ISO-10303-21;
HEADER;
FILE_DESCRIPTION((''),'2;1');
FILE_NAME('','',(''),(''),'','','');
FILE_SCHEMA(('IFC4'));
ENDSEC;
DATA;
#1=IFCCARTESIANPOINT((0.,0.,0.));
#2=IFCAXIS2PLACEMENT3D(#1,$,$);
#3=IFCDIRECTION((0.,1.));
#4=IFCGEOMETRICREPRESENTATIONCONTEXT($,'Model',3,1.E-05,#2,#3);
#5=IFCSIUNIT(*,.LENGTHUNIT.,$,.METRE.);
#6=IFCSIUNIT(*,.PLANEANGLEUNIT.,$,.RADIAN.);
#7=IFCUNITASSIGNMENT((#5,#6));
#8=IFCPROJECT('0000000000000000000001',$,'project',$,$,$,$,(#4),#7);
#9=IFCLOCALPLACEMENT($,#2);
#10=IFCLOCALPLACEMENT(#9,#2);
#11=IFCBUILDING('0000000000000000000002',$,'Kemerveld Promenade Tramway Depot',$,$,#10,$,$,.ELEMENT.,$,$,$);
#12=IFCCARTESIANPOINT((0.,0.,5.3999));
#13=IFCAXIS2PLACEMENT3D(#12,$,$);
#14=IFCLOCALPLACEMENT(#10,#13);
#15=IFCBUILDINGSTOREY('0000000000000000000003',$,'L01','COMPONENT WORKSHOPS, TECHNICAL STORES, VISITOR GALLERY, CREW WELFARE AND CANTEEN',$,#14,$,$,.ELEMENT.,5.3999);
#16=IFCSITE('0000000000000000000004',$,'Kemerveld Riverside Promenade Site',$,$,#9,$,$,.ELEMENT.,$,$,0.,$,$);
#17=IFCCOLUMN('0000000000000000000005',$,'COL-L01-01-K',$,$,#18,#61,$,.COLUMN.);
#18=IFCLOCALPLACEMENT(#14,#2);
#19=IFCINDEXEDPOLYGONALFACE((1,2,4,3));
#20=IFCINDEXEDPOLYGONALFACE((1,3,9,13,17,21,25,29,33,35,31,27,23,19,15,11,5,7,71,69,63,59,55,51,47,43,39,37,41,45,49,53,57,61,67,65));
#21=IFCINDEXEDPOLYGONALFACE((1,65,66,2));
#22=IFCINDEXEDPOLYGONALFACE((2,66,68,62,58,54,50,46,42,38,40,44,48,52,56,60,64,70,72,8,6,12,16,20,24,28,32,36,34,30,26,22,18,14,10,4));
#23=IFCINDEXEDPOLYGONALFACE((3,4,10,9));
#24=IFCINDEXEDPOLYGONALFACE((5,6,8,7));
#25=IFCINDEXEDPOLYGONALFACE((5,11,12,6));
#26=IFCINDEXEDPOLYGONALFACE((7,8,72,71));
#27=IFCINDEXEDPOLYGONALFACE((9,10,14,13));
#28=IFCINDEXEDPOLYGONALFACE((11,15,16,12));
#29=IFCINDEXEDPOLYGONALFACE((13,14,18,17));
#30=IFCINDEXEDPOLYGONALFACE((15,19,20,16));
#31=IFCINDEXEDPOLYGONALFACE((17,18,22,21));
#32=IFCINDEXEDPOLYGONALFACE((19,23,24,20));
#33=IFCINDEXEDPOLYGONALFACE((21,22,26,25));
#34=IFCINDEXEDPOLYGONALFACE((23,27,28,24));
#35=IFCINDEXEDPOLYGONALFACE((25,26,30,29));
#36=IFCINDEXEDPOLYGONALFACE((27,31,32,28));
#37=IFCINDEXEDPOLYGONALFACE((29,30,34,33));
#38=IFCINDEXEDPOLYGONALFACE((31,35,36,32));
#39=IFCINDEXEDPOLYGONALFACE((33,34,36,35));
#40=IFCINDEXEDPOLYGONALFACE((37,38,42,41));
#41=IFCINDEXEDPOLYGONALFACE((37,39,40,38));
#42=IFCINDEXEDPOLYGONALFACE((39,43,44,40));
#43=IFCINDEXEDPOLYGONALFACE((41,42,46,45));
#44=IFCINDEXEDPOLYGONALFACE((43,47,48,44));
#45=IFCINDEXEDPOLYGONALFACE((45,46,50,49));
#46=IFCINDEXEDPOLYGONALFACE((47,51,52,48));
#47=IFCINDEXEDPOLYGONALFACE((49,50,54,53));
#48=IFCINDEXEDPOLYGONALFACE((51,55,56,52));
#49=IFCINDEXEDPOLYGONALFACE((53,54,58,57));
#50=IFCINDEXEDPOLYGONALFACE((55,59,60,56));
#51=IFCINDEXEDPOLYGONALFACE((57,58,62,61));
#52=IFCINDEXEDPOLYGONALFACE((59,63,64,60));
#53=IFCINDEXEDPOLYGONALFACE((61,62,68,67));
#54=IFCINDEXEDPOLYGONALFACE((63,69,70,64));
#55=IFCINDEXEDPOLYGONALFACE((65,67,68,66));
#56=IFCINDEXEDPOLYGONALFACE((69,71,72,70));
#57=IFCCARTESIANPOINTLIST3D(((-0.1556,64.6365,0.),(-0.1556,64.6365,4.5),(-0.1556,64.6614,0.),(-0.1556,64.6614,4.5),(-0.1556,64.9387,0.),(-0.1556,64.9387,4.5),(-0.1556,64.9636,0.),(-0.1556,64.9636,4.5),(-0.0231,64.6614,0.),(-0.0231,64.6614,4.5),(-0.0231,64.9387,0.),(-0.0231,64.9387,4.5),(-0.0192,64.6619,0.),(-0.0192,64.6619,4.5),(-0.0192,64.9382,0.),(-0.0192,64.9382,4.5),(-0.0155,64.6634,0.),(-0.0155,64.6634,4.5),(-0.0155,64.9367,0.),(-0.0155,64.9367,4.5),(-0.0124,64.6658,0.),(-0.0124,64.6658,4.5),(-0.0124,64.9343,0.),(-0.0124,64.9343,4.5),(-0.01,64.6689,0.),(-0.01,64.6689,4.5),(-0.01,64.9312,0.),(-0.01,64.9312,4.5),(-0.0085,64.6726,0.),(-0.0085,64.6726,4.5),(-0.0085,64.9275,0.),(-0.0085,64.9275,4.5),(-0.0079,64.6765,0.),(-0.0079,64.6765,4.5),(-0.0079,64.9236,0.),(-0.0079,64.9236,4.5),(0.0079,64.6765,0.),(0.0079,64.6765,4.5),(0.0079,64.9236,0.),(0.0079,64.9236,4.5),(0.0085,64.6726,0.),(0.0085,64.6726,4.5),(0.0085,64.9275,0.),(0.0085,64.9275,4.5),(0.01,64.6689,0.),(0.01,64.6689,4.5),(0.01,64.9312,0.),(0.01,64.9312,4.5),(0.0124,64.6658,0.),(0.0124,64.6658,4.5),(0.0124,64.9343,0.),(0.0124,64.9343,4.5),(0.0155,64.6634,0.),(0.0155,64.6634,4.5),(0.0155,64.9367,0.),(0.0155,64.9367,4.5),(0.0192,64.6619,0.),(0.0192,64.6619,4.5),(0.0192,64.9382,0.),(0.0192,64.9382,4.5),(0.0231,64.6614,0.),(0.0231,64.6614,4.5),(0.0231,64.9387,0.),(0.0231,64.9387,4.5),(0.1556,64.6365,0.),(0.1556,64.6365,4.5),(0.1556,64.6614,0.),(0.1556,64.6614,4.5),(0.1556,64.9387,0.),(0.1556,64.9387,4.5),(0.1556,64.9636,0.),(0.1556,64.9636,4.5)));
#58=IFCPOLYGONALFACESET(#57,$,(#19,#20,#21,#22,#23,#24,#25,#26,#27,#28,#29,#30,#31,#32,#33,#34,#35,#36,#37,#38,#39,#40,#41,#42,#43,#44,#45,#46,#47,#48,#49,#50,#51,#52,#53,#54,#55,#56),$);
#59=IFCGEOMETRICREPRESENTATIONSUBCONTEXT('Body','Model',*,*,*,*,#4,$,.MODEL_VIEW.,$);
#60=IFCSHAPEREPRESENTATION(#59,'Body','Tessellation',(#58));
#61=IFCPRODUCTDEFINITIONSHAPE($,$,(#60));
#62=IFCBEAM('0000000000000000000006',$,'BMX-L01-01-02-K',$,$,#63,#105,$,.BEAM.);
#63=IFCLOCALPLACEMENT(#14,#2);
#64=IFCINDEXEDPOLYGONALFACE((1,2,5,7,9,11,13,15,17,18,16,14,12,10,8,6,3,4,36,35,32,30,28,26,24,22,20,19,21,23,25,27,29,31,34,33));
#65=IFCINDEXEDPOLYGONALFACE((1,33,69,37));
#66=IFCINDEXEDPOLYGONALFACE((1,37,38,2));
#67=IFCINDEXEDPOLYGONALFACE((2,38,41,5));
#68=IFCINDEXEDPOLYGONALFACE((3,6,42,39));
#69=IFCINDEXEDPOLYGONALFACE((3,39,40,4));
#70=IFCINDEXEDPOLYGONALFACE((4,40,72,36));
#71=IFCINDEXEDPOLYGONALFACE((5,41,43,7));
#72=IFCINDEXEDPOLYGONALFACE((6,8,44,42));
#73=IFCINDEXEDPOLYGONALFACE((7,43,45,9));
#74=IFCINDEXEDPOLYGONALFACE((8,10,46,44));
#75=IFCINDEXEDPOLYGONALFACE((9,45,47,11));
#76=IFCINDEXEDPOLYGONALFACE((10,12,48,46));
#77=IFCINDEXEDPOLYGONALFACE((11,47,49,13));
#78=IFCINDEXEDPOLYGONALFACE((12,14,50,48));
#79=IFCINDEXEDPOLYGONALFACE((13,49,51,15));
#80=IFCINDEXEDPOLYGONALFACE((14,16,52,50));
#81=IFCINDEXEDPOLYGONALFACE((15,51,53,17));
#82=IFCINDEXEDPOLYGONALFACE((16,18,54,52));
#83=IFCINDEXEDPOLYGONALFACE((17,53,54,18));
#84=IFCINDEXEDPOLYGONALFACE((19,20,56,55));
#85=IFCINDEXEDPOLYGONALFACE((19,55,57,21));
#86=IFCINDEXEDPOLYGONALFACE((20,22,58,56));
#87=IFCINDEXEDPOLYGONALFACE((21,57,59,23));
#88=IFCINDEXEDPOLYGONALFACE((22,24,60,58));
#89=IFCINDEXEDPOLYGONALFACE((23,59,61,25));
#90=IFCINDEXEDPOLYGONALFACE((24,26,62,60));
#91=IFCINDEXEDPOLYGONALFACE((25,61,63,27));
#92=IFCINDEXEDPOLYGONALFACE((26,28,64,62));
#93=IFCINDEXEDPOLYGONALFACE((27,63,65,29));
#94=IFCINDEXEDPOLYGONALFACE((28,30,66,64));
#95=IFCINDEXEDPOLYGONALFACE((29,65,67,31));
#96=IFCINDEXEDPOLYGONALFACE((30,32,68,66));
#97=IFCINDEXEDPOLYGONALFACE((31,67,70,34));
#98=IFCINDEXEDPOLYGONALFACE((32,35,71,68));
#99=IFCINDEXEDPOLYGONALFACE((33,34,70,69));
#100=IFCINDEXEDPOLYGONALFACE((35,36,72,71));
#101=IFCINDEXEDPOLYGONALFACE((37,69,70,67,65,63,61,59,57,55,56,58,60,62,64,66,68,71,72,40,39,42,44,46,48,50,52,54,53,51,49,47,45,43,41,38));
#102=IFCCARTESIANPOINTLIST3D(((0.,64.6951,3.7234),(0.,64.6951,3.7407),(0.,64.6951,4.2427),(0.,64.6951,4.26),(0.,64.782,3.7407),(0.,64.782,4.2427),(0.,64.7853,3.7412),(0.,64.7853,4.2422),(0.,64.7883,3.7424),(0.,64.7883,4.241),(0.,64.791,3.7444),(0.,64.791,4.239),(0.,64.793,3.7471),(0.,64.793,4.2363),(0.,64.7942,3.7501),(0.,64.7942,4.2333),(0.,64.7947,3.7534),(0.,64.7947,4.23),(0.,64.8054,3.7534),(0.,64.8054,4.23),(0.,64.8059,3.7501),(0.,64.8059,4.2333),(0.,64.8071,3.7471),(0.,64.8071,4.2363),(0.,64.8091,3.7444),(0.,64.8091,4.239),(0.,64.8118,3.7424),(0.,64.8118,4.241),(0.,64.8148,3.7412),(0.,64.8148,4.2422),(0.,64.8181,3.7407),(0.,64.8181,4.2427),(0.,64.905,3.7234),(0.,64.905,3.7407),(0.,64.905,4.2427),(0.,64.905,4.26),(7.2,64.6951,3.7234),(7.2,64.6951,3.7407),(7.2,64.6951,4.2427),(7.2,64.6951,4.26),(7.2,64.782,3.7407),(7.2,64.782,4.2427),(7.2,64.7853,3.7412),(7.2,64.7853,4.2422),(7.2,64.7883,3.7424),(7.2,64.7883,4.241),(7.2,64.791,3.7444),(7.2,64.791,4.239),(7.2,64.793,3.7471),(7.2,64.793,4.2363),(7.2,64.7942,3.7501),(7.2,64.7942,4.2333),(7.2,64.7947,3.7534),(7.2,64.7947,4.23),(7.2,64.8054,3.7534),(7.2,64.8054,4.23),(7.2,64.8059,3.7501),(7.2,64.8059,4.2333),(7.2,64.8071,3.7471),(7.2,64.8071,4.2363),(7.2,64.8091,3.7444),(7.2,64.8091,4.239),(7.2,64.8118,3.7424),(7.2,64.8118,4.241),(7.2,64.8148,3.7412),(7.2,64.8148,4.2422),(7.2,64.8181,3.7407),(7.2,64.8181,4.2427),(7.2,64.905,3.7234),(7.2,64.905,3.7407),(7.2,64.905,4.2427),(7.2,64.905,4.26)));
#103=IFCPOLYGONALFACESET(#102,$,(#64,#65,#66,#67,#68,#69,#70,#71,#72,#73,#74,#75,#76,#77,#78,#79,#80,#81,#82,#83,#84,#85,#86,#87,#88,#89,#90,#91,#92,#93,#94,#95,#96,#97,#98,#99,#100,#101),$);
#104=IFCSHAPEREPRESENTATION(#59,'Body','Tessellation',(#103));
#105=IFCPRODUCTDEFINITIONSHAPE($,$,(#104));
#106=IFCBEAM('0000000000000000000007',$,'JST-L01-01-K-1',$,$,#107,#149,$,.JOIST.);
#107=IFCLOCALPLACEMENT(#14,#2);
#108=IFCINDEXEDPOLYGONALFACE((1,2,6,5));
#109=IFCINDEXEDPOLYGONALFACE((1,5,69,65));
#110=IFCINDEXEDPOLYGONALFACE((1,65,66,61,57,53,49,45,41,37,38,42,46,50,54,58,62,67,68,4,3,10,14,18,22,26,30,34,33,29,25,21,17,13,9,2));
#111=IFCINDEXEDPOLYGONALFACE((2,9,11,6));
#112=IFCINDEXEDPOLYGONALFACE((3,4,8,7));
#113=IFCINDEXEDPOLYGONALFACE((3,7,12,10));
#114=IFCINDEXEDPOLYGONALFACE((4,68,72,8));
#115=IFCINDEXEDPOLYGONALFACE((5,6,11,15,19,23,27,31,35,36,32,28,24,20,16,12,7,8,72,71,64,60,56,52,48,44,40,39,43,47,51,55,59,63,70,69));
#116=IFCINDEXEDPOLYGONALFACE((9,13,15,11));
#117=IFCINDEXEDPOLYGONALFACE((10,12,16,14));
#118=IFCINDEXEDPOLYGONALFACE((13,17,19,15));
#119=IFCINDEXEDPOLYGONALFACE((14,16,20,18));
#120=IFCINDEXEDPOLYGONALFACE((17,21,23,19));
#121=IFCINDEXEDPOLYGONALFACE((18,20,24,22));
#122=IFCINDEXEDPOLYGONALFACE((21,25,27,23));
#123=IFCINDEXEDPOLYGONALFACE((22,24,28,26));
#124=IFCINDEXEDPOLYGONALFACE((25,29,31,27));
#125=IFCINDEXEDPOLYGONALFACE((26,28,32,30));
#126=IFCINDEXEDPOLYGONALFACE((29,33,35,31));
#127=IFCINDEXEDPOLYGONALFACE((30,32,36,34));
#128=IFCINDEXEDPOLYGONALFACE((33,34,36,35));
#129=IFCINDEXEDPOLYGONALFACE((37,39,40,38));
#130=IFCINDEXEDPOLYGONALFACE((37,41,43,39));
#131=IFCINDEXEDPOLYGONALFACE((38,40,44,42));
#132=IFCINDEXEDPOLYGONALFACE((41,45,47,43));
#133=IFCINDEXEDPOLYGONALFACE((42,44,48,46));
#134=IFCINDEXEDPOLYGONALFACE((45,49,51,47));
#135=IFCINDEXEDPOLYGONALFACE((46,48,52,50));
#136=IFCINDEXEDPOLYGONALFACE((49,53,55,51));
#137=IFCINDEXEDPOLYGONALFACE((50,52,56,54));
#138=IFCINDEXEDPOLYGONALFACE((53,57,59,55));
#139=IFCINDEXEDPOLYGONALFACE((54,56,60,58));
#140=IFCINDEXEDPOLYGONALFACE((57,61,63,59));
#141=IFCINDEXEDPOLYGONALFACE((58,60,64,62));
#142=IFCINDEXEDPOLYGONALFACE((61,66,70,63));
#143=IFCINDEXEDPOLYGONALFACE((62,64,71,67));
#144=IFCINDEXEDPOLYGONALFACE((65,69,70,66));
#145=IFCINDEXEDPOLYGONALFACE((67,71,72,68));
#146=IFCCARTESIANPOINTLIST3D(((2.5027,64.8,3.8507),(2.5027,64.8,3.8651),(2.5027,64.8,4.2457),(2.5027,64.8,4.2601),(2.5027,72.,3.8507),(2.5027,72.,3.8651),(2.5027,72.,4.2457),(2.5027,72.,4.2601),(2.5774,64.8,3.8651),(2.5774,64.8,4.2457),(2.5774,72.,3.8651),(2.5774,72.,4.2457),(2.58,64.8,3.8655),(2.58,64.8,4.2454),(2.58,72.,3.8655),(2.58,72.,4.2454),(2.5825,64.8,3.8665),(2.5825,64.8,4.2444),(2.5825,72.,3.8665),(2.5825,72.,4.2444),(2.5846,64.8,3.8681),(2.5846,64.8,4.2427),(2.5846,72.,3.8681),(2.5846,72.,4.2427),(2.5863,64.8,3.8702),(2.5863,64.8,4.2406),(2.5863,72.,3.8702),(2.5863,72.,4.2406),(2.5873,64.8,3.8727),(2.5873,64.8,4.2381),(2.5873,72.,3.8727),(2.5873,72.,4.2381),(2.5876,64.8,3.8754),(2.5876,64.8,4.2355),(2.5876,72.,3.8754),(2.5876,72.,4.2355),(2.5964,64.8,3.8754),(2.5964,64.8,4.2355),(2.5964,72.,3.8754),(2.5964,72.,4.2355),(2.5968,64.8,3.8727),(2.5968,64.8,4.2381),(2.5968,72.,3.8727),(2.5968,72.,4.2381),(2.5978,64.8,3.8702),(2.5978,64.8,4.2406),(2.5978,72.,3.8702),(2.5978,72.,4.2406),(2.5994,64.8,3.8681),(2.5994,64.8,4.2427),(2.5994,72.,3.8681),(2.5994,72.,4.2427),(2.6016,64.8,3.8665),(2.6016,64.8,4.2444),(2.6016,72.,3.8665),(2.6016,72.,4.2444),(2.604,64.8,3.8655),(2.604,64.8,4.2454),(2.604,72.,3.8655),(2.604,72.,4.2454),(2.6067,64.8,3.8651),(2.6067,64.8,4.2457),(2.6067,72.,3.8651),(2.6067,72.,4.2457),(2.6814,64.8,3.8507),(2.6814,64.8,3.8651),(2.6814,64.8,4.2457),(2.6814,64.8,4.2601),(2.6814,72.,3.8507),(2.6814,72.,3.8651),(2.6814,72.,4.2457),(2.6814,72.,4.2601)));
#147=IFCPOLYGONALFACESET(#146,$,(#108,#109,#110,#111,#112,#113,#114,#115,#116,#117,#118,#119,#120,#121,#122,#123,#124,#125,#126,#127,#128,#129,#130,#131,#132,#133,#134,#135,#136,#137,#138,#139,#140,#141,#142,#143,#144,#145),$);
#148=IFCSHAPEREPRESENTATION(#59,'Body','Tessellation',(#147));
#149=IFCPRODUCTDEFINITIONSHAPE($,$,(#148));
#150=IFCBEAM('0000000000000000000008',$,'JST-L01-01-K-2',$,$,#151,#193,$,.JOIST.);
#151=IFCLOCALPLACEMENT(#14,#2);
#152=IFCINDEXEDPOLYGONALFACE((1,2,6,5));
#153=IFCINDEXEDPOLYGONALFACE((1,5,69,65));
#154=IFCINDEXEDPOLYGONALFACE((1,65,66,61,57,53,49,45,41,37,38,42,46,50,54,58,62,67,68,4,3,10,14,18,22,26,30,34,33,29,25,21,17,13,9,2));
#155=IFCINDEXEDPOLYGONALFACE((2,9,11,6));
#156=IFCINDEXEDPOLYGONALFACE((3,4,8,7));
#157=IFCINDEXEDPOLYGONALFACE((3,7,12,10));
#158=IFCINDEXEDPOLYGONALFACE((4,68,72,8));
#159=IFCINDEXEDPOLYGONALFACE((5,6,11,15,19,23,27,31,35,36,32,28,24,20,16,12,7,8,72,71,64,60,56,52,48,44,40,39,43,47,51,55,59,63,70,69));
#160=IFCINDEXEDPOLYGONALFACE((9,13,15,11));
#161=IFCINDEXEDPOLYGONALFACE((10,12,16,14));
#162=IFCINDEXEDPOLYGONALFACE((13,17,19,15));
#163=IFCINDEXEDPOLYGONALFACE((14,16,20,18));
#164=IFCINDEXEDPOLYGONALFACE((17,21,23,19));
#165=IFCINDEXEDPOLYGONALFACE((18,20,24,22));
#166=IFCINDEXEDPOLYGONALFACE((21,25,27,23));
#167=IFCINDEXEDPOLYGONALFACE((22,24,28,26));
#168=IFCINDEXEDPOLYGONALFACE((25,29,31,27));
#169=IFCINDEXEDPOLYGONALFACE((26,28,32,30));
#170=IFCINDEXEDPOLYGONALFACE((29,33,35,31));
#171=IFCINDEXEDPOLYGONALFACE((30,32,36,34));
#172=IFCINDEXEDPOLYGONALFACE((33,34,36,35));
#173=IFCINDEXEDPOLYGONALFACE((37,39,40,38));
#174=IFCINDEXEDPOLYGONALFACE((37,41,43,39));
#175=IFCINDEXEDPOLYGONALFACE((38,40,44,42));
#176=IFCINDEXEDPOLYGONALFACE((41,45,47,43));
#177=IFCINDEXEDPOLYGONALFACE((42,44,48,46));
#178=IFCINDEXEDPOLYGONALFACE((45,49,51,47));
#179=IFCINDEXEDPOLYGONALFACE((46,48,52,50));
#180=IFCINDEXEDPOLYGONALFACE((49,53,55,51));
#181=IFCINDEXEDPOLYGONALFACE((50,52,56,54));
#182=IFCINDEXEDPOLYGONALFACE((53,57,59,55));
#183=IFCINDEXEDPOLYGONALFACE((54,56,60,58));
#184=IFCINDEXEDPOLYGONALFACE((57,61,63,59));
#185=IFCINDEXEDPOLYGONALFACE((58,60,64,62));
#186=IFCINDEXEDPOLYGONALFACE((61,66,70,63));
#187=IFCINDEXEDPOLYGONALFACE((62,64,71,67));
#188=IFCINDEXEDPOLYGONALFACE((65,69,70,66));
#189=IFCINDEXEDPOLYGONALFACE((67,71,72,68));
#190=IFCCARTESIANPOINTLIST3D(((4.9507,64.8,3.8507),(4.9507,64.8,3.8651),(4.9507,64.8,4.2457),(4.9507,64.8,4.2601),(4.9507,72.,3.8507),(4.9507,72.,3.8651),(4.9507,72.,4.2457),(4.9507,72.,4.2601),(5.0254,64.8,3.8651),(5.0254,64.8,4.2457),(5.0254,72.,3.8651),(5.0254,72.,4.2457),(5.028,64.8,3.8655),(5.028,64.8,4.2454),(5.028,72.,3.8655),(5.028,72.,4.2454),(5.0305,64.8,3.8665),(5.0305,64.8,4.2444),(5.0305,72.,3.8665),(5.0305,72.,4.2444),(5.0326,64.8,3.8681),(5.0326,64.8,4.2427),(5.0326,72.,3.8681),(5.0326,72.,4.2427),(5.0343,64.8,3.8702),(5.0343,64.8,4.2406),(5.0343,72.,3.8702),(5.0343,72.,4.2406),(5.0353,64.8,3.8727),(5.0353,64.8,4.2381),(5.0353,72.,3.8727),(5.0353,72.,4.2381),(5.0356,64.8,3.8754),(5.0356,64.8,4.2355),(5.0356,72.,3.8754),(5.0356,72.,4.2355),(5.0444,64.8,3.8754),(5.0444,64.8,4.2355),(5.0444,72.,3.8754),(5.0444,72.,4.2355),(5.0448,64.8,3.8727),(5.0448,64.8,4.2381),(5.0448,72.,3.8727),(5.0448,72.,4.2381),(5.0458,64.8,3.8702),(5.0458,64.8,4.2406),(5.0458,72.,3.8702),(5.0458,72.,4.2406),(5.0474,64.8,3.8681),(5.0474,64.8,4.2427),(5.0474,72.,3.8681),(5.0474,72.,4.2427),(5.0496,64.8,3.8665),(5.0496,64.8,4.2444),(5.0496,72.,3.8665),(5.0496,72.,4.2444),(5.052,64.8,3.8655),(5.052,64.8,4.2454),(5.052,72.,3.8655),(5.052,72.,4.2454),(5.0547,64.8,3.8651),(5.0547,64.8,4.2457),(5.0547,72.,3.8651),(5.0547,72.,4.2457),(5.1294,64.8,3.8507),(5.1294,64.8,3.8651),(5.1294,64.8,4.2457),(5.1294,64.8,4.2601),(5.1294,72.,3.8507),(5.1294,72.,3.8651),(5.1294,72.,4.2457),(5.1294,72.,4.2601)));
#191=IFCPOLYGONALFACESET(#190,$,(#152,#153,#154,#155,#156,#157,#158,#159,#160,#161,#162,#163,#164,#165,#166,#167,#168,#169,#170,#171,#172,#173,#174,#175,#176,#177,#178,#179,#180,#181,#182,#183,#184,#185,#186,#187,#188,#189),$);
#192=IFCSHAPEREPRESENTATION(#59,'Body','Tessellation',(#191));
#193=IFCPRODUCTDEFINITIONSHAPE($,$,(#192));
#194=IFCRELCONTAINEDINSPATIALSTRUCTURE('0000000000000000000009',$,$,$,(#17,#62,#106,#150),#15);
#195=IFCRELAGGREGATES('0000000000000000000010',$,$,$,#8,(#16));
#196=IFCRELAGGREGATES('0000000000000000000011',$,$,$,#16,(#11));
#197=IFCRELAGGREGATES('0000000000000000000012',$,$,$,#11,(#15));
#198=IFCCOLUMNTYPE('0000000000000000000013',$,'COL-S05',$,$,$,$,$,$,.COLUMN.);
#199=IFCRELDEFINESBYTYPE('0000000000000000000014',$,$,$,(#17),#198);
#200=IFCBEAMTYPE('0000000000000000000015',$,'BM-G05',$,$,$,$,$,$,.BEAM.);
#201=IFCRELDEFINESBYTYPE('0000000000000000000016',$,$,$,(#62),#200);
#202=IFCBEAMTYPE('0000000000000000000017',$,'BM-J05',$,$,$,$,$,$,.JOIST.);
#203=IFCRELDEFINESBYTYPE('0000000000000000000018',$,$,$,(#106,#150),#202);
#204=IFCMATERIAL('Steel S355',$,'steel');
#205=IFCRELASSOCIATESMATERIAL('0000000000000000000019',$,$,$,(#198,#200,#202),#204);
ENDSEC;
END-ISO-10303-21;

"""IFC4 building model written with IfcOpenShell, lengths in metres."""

from ifc_helpers import new_model, si_unit, direction, frame, origin, origin_2d, place, context, subcontext, project, spatial, i_section, extrude, material, material_profile, profile_set, type_object, element, save


model = new_model("IFC4")

# Units and contexts
model_context = context("Model", 3, precision=1e-05, world=origin(), true_north=direction((0.0, 1.0)))
body_context = subcontext(model_context, "Body", "Model", "MODEL_VIEW")
ifc_project = project(units=[si_unit("LENGTHUNIT", "METRE"), si_unit("PLANEANGLEUNIT", "RADIAN")], contexts=[model_context])

# Site, building, storey
site_placement = place(None, origin())
site = spatial("IfcSite", under=ifc_project, at=site_placement, Name="Kemerveld Riverside Promenade Site", CompositionType="ELEMENT", RefElevation=0.0)
building_placement = place(site_placement, origin())
building = spatial("IfcBuilding", under=site, at=building_placement, Name="Kemerveld Promenade Tramway Depot", CompositionType="ELEMENT")
storey_placement = place(building_placement, frame((0.0, 0.0, 5.3999)))
storey = spatial("IfcBuildingStorey", under=building, at=storey_placement, Name="L01", Description="COMPONENT WORKSHOPS, TECHNICAL STORES, VISITOR GALLERY, CREW WELFARE AND CANTEEN", CompositionType="ELEMENT", Elevation=5.3999)

# Column
ifc_material_1 = material(Name="Steel S355", Category="steel")
ifc_material_profile_1 = material_profile(ifc_material_1, i_section(OverallWidth=0.3113, OverallDepth=0.3271, WebThickness=0.0159, FlangeThickness=0.0249, FilletRadius=0.0151, at=origin_2d()), Name="305x305x158 UC")
ifc_profile_set_1 = profile_set([ifc_material_profile_1], Name="Steel S355")
column_type = type_object("IfcColumnType", Name="COL-S05", PredefinedType="COLUMN", material=ifc_profile_set_1)
column_placement = place(storey_placement, frame((0.0, 64.8, 0.0), z_axis=(0.0, 0.0, 1.0), x_axis=(1.0, 0.0, 0.0)))
element("IfcColumn", 1, at=column_placement, inside=storey, type_object=column_type, Name="COL-L01-01-K", PredefinedType="COLUMN", context=body_context, shape_type="SweptSolid", body=[
    extrude(i_section(OverallWidth=0.3113, OverallDepth=0.3271, WebThickness=0.0159, FlangeThickness=0.0249, FilletRadius=0.0151, at=origin_2d()), origin(), (0.0, 0.0, 1.0), 4.5),
])

# Beams
ifc_material_profile_2 = material_profile(ifc_material_1, i_section(OverallWidth=0.21, OverallDepth=0.5366, WebThickness=0.0107, FlangeThickness=0.0173, FilletRadius=0.0127, at=origin_2d()), Name="533x210x101 UB")
ifc_profile_set_2 = profile_set([ifc_material_profile_2], Name="Steel S355")
beam_type_1 = type_object("IfcBeamType", Name="BM-G05", PredefinedType="BEAM", material=ifc_profile_set_2)
beam_1_placement = place(storey_placement, frame((0.0, 64.8, 3.9917), z_axis=(1.0, 0.0, 0.0), x_axis=(0.0, 1.0, 0.0)))
element("IfcBeam", 2, at=beam_1_placement, inside=storey, type_object=beam_type_1, Name="BMX-L01-01-02-K", PredefinedType="BEAM", context=body_context, shape_type="SweptSolid", body=[
    extrude(i_section(OverallWidth=0.21, OverallDepth=0.5366, WebThickness=0.0107, FlangeThickness=0.0173, FilletRadius=0.0127, at=origin_2d()), origin(), (0.0, 0.0, 1.0), 7.2),
])
ifc_material_profile_3 = material_profile(ifc_material_1, i_section(OverallWidth=0.1787, OverallDepth=0.4094, WebThickness=0.0088, FlangeThickness=0.0144, FilletRadius=0.0103, at=origin_2d()), Name="406x178x67 UB")
ifc_profile_set_3 = profile_set([ifc_material_profile_3], Name="Steel S355")
beam_type_2 = type_object("IfcBeamType", Name="BM-J05", PredefinedType="JOIST", material=ifc_profile_set_3)
for number, where, z_axis, x_axis, name in (
    (3, (2.592, 64.8, 4.0554), (0.0, 1.0, 0.0), (-1.0, 0.0, 0.0), "JST-L01-01-K-1"),
    (4, (5.04, 64.8, 4.0554), (0.0, 1.0, 0.0), (-1.0, 0.0, 0.0), "JST-L01-01-K-2"),
):
    element("IfcBeam", number, at=place(storey_placement, frame(where, z_axis=z_axis, x_axis=x_axis)), inside=storey, type_object=beam_type_2, Name=name, PredefinedType="JOIST", context=body_context, shape_type="SweptSolid", body=[
        extrude(i_section(OverallWidth=0.1787, OverallDepth=0.4094, WebThickness=0.0088, FlangeThickness=0.0144, FilletRadius=0.0103, at=origin_2d()), origin(), (0.0, 0.0, 1.0), 7.2),
    ])

save(model, "model.ifc")
